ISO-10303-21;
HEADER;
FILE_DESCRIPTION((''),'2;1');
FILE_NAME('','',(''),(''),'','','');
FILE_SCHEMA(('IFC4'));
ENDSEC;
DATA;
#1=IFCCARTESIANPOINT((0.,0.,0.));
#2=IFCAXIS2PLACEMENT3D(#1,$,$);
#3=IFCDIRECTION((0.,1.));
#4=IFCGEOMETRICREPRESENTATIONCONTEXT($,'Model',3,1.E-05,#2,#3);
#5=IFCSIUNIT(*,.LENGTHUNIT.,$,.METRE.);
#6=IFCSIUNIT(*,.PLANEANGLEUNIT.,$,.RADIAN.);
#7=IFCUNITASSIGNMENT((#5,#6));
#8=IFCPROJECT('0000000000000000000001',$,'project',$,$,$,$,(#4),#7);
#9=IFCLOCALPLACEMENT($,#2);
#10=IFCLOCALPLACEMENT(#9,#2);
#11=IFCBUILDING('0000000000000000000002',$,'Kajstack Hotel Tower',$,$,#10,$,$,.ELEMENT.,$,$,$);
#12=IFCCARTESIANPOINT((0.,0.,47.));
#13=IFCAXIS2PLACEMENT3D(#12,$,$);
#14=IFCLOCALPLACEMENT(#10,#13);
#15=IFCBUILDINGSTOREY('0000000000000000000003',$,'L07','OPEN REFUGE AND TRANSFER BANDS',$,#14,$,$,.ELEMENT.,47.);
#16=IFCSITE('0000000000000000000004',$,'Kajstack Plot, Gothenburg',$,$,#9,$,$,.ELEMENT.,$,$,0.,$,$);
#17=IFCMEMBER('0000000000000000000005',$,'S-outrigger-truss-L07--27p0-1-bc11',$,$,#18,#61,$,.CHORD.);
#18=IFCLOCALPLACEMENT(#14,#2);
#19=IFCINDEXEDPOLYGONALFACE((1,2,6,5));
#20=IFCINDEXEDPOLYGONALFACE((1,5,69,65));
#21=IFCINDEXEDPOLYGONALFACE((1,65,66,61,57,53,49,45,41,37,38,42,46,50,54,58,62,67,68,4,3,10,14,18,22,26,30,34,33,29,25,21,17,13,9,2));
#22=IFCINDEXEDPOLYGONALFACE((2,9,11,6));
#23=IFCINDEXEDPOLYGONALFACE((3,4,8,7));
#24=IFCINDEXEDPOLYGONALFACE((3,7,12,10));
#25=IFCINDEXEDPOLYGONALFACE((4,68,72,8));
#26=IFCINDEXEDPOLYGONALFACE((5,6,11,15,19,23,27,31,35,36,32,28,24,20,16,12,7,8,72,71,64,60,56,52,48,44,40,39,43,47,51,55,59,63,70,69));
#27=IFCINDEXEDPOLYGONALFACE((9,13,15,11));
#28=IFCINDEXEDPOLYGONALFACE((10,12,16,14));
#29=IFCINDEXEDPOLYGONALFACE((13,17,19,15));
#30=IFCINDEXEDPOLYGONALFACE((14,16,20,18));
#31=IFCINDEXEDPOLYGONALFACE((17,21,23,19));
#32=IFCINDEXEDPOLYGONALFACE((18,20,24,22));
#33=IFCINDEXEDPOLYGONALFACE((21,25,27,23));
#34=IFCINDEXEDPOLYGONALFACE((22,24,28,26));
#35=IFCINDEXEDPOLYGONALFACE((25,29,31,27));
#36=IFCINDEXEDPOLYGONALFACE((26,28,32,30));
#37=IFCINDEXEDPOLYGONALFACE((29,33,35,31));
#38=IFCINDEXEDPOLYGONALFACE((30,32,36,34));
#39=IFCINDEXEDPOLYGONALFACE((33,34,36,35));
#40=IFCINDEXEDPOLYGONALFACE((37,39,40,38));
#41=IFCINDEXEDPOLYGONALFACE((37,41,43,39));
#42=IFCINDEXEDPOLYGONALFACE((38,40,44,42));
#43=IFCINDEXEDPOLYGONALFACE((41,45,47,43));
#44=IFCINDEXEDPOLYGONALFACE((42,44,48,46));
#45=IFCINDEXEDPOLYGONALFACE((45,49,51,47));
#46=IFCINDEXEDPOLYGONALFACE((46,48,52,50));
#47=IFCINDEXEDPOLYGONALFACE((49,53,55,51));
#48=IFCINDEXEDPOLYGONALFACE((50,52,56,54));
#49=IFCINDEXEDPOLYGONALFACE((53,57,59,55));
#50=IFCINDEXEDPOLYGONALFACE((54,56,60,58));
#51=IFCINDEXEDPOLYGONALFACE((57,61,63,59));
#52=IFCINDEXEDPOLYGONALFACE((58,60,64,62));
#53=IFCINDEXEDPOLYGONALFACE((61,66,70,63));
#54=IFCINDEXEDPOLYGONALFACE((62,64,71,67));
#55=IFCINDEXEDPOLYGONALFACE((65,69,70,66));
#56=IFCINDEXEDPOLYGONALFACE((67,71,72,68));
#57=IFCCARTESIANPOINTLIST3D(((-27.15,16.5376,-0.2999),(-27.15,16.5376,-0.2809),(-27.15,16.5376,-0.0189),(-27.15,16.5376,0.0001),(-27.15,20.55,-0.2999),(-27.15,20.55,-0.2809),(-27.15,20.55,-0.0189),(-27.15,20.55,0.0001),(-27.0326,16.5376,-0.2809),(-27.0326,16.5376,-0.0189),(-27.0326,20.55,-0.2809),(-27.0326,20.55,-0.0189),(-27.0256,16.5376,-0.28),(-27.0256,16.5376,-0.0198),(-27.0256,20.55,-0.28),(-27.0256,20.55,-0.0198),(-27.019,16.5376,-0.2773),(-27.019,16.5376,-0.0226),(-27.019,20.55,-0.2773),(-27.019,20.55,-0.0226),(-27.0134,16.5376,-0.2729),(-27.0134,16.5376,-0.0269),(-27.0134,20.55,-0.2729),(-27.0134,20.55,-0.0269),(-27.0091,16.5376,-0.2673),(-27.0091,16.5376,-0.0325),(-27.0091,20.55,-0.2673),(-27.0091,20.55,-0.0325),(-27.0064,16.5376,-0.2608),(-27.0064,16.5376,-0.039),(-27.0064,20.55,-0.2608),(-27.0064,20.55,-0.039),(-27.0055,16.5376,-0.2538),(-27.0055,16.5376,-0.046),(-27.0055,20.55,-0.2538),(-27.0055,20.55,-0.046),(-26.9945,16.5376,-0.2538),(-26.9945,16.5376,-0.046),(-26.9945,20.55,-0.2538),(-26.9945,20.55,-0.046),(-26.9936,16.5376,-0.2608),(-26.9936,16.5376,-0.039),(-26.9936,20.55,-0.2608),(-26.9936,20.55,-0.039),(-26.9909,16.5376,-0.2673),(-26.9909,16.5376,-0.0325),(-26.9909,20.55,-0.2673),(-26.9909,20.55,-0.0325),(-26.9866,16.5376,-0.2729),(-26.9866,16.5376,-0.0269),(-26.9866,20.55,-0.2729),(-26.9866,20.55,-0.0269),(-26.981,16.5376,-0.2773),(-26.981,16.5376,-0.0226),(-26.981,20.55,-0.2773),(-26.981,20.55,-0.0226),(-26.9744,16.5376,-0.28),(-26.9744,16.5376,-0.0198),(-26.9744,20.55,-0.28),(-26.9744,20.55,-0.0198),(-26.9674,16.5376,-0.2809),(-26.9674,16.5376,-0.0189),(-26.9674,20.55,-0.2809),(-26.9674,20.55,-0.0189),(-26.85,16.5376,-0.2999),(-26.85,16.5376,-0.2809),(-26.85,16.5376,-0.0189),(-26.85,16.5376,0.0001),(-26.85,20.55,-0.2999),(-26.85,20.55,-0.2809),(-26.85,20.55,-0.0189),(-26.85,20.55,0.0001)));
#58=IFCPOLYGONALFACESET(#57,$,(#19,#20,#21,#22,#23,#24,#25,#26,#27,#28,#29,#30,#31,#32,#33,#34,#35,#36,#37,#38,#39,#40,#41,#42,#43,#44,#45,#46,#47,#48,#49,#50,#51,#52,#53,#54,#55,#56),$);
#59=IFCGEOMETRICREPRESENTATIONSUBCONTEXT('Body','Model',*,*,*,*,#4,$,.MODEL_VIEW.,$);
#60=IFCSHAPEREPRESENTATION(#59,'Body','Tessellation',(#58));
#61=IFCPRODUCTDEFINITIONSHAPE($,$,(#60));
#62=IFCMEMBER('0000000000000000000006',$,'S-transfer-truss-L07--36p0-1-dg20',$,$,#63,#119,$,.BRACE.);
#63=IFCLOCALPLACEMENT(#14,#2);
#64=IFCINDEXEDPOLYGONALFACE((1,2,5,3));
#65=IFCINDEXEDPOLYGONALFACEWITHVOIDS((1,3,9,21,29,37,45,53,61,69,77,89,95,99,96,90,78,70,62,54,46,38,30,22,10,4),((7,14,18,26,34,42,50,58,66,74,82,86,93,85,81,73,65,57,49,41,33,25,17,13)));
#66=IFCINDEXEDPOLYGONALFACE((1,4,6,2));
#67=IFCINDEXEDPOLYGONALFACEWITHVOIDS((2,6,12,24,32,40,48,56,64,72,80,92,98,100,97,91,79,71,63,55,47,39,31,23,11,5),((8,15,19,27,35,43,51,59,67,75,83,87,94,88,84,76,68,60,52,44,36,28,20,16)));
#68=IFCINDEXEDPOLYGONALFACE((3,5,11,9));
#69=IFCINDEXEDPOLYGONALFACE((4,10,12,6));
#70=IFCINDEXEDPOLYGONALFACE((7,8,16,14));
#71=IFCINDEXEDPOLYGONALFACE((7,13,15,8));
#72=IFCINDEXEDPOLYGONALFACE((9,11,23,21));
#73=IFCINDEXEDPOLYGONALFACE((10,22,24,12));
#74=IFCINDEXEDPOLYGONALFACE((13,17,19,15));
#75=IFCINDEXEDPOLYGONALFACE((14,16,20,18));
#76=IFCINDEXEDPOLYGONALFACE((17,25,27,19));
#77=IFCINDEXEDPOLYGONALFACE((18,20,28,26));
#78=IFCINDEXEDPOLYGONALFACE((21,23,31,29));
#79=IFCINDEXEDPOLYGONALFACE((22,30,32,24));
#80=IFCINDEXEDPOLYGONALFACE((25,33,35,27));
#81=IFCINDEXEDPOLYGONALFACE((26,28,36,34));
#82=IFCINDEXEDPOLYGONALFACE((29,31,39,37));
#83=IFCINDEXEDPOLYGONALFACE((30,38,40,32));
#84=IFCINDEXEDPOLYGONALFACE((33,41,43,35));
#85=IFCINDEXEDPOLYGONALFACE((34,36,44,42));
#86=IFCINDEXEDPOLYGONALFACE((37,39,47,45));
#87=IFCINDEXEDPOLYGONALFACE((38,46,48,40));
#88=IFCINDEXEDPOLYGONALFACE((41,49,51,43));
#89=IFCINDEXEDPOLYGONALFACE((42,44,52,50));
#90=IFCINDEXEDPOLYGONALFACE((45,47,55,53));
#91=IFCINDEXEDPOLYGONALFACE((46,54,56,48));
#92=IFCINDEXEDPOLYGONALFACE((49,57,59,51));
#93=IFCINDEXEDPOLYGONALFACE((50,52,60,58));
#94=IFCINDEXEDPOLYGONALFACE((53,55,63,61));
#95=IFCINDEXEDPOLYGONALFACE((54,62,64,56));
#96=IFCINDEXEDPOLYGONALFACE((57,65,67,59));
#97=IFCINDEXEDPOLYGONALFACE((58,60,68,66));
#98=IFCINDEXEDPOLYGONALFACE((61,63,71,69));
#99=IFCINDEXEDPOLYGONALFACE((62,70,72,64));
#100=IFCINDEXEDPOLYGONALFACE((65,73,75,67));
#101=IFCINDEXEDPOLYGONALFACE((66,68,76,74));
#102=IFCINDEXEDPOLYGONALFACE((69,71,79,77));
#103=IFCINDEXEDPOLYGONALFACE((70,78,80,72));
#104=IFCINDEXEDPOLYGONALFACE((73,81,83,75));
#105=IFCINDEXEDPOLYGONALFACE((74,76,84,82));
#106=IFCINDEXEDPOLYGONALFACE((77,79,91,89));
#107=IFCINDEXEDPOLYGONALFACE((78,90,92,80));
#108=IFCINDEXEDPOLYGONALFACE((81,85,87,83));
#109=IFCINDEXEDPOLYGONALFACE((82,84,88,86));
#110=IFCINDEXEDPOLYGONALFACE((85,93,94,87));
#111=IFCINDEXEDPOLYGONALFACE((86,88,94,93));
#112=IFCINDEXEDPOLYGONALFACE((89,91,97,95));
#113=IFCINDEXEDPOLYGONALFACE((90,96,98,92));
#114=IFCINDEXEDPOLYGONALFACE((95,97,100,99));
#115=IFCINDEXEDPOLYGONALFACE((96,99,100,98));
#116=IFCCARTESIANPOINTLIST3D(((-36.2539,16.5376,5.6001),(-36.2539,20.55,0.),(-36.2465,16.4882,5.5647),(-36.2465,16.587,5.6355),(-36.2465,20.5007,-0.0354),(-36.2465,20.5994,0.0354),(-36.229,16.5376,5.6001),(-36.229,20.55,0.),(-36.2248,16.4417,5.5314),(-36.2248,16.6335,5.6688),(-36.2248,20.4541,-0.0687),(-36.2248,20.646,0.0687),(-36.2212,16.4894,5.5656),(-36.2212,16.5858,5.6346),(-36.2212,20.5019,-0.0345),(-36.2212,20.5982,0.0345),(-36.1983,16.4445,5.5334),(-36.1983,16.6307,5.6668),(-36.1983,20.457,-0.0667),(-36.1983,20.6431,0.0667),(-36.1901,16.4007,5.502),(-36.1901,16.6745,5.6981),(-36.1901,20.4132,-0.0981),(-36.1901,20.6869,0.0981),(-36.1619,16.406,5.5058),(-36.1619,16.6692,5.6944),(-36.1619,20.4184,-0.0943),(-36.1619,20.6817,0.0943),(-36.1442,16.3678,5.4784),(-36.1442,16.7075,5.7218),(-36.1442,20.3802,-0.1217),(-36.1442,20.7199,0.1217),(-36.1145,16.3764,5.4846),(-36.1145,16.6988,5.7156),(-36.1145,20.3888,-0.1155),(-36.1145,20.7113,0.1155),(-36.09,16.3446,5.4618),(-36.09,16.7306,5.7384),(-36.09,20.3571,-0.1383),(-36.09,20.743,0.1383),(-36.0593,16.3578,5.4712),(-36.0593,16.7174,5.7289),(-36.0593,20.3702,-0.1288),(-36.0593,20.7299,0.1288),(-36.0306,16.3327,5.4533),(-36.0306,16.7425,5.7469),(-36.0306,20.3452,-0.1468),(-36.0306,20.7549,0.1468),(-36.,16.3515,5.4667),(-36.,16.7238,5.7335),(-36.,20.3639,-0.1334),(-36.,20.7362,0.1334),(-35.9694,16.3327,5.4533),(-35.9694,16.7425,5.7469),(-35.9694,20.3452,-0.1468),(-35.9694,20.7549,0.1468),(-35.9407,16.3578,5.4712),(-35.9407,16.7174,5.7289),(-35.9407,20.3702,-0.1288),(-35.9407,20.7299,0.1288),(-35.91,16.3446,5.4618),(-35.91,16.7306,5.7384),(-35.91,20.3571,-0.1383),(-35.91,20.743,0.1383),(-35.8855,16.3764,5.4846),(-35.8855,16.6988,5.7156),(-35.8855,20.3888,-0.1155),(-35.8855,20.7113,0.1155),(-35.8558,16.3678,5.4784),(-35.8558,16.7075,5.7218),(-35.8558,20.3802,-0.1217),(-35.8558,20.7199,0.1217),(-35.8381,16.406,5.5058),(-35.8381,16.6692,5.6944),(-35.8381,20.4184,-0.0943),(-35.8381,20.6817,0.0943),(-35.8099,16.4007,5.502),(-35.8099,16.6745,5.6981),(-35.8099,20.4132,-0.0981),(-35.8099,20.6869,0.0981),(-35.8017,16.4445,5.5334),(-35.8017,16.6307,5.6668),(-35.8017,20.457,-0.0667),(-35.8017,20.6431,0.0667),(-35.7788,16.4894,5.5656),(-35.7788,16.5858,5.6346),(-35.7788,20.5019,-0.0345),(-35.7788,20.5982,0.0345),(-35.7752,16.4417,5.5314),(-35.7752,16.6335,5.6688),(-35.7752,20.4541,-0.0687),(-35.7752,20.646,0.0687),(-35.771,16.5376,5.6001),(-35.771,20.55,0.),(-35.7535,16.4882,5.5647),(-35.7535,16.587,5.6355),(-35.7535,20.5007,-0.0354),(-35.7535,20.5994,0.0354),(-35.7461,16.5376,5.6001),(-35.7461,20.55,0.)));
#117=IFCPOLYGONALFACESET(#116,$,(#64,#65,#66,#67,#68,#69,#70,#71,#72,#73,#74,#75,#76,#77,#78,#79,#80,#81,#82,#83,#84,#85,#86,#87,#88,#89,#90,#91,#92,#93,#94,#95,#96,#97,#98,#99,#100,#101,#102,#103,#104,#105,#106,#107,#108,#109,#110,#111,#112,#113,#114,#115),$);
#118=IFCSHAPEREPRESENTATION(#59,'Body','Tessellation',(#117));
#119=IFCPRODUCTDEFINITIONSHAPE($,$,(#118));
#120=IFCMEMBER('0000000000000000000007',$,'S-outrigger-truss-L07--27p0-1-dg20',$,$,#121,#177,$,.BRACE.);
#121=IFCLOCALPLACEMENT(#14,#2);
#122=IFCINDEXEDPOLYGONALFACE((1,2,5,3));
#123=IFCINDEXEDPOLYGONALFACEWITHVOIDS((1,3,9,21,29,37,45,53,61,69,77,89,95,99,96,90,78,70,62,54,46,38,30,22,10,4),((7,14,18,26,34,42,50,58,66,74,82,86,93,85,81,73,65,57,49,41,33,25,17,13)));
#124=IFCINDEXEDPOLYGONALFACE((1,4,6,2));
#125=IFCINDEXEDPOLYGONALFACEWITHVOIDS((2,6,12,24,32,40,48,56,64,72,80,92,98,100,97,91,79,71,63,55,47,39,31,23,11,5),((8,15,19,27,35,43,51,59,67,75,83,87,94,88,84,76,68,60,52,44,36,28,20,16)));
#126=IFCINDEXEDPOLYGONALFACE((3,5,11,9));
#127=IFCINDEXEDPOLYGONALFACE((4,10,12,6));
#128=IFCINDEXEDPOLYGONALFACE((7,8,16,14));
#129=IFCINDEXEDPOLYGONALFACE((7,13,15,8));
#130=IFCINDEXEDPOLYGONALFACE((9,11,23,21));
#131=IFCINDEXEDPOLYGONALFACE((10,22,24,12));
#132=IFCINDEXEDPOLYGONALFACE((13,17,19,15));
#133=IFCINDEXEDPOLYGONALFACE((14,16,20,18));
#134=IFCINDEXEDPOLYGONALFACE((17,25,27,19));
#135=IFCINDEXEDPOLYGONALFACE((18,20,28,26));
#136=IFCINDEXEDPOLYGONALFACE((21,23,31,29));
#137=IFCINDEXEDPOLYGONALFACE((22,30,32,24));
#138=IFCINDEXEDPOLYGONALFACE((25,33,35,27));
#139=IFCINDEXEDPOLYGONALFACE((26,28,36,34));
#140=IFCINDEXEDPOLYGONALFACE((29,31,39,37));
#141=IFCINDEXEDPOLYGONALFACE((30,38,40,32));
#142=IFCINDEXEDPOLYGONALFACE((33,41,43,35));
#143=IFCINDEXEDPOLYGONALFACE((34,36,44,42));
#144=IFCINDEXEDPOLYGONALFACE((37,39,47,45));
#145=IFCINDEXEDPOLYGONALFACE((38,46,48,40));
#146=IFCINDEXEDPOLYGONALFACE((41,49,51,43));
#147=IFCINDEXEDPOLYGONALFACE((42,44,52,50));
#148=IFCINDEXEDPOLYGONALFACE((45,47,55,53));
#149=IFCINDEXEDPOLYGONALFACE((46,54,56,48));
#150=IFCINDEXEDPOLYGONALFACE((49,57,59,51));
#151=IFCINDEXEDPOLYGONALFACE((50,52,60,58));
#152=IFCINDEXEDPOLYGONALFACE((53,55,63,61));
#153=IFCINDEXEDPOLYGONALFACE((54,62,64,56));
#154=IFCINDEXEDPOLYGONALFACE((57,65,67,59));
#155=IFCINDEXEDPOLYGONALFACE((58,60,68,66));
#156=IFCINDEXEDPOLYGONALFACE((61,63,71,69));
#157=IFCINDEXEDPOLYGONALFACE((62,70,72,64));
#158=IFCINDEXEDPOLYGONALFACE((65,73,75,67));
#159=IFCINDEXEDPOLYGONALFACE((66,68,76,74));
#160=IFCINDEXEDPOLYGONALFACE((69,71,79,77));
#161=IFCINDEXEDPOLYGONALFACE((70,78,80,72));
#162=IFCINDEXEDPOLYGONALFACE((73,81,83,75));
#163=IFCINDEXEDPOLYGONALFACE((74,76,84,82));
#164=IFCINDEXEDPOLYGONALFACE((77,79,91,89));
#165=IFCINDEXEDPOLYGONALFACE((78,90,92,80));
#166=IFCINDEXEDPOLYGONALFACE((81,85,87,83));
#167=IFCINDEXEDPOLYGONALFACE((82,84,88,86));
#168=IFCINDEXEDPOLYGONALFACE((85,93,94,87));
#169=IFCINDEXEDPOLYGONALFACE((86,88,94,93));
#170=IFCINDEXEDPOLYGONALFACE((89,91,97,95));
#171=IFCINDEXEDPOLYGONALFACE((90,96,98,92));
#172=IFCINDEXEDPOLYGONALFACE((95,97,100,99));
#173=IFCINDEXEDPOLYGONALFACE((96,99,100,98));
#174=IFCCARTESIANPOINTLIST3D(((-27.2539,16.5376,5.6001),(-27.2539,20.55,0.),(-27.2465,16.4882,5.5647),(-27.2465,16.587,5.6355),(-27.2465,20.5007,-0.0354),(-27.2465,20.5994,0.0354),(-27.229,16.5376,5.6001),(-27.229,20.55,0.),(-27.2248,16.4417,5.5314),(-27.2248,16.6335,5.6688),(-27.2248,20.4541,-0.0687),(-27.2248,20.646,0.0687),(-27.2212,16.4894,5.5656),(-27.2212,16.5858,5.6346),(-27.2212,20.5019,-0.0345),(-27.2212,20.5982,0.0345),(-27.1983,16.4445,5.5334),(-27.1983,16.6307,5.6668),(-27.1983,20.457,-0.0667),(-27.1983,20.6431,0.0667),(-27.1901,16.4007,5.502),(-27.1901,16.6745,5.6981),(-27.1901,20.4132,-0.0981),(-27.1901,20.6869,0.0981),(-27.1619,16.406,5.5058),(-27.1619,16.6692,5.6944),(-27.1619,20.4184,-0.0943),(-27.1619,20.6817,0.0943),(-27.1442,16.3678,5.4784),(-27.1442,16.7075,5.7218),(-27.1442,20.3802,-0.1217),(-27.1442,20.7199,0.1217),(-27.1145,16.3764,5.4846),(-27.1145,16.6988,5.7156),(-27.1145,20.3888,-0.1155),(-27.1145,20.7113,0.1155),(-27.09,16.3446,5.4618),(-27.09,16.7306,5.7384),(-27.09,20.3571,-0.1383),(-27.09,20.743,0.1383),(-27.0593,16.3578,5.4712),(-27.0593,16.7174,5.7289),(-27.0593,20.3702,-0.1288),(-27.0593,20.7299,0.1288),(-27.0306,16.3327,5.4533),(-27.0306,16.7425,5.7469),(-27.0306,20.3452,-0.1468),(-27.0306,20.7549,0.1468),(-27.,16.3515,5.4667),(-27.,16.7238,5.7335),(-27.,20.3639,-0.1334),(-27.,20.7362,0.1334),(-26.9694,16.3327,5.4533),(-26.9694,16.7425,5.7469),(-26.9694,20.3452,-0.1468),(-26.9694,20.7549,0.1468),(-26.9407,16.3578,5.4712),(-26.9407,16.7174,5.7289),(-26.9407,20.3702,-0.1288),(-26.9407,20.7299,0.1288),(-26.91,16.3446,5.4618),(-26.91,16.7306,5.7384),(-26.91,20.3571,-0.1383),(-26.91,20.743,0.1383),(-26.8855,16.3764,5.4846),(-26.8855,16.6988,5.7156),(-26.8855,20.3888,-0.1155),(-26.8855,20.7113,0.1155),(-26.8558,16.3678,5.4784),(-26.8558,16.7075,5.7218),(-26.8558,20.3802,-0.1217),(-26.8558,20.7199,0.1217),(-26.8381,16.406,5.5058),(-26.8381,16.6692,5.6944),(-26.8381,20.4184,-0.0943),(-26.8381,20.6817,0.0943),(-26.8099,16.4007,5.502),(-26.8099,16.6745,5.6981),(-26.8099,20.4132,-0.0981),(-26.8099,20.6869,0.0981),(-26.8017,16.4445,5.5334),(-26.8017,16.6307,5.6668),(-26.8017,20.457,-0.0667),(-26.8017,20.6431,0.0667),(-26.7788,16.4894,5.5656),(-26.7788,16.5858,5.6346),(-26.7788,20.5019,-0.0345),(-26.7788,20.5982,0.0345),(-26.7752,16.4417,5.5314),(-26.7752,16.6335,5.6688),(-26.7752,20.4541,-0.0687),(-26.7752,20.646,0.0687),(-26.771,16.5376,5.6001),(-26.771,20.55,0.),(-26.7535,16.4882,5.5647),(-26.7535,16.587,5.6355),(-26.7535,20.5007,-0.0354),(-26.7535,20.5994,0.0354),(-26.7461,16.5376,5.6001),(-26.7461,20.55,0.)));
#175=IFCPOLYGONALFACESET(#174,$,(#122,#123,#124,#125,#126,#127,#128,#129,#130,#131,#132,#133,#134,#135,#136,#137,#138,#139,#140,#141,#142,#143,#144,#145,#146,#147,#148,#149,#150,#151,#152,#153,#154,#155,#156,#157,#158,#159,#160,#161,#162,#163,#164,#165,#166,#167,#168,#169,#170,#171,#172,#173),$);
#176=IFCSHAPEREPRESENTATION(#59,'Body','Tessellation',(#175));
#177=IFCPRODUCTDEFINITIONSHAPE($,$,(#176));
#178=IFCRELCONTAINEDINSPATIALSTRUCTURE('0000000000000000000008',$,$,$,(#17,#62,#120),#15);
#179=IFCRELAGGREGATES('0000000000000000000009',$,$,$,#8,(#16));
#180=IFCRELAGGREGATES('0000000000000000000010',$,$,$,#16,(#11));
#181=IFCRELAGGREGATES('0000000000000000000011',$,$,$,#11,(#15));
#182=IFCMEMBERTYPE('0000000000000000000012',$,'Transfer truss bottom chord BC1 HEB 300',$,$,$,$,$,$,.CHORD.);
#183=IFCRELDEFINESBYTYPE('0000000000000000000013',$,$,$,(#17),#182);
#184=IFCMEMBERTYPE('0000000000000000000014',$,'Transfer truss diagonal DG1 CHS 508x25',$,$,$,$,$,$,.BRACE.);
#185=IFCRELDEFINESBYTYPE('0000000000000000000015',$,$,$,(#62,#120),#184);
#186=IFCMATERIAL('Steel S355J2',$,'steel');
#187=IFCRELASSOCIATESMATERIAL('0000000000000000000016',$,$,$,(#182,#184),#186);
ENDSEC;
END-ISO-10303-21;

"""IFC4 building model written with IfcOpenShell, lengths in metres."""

from ifc_helpers import new_model, si_unit, direction, frame, origin, origin_2d, place, context, subcontext, project, spatial, hollow_circle, i_section, extrude, material, material_profile, profile_set, type_object, element, save


model = new_model("IFC4")

# Units and contexts
model_context = context("Model", 3, precision=1e-05, world=origin(), true_north=direction((0.0, 1.0)))
body_context = subcontext(model_context, "Body", "Model", "MODEL_VIEW")
ifc_project = project(units=[si_unit("LENGTHUNIT", "METRE"), si_unit("PLANEANGLEUNIT", "RADIAN")], contexts=[model_context])

# Site, building, storey
site_placement = place(None, origin())
site = spatial("IfcSite", under=ifc_project, at=site_placement, Name="Kajstack Plot, Gothenburg", CompositionType="ELEMENT", RefElevation=0.0)
building_placement = place(site_placement, origin())
building = spatial("IfcBuilding", under=site, at=building_placement, Name="Kajstack Hotel Tower", CompositionType="ELEMENT")
storey_placement = place(building_placement, frame((0.0, 0.0, 47.0)))
storey = spatial("IfcBuildingStorey", under=building, at=storey_placement, Name="L07", Description="OPEN REFUGE AND TRANSFER BANDS", CompositionType="ELEMENT", Elevation=47.0)

# Members
ifc_material = material(Name="Steel S355J2", Category="steel")
ifc_material_profile_1 = material_profile(ifc_material, i_section(OverallWidth=0.3, OverallDepth=0.3, WebThickness=0.011, FlangeThickness=0.019, FilletRadius=0.0271, at=origin_2d()), Name="HEB 300")
ifc_profile_set_1 = profile_set([ifc_material_profile_1], Name="Steel S355J2")
member_type_1 = type_object("IfcMemberType", Name="Transfer truss bottom chord BC1 HEB 300", PredefinedType="CHORD", material=ifc_profile_set_1)
member_placement = place(storey_placement, frame((-27.0, 16.5376, -0.1499), z_axis=(0.0, 1.0, 0.0), x_axis=(-1.0, 0.0, 0.0)))
element("IfcMember", 1, at=member_placement, inside=storey, type_object=member_type_1, Name="S-outrigger-truss-L07--27p0-1-bc11", PredefinedType="CHORD", context=body_context, shape_type="SweptSolid", body=[
    extrude(i_section(OverallWidth=0.3, OverallDepth=0.3, WebThickness=0.011, FlangeThickness=0.019, FilletRadius=0.0271, at=origin_2d()), origin(), (0.0, 0.0, 1.0), 4.0125),
])
ifc_material_profile_2 = material_profile(ifc_material, hollow_circle(Radius=0.2539, WallThickness=0.0249, at=origin_2d()), Name="CHS 508x25")
ifc_profile_set_2 = profile_set([ifc_material_profile_2], Name="Steel S355J2")
member_type_2 = type_object("IfcMemberType", Name="Transfer truss diagonal DG1 CHS 508x25", PredefinedType="BRACE", material=ifc_profile_set_2)
for number, where, z_axis, x_axis, name in (
    (2, (-36.0, 20.55, 0.0), (0.0, -0.582428, 0.812883), (1.0, 0.0, 0.0), "S-transfer-truss-L07--36p0-1-dg20"),
    (3, (-27.0, 20.55, 0.0), (0.0, -0.582428, 0.812883), (1.0, 0.0, 0.0), "S-outrigger-truss-L07--27p0-1-dg20"),
):
    element("IfcMember", number, at=place(storey_placement, frame(where, z_axis=z_axis, x_axis=x_axis)), inside=storey, type_object=member_type_2, Name=name, PredefinedType="BRACE", context=body_context, shape_type="SweptSolid", body=[
        extrude(hollow_circle(Radius=0.2539, WallThickness=0.0249, at=origin_2d()), origin(), (0.0, 0.0, 1.0), 6.8892),
    ])

save(model, "model.ifc")
